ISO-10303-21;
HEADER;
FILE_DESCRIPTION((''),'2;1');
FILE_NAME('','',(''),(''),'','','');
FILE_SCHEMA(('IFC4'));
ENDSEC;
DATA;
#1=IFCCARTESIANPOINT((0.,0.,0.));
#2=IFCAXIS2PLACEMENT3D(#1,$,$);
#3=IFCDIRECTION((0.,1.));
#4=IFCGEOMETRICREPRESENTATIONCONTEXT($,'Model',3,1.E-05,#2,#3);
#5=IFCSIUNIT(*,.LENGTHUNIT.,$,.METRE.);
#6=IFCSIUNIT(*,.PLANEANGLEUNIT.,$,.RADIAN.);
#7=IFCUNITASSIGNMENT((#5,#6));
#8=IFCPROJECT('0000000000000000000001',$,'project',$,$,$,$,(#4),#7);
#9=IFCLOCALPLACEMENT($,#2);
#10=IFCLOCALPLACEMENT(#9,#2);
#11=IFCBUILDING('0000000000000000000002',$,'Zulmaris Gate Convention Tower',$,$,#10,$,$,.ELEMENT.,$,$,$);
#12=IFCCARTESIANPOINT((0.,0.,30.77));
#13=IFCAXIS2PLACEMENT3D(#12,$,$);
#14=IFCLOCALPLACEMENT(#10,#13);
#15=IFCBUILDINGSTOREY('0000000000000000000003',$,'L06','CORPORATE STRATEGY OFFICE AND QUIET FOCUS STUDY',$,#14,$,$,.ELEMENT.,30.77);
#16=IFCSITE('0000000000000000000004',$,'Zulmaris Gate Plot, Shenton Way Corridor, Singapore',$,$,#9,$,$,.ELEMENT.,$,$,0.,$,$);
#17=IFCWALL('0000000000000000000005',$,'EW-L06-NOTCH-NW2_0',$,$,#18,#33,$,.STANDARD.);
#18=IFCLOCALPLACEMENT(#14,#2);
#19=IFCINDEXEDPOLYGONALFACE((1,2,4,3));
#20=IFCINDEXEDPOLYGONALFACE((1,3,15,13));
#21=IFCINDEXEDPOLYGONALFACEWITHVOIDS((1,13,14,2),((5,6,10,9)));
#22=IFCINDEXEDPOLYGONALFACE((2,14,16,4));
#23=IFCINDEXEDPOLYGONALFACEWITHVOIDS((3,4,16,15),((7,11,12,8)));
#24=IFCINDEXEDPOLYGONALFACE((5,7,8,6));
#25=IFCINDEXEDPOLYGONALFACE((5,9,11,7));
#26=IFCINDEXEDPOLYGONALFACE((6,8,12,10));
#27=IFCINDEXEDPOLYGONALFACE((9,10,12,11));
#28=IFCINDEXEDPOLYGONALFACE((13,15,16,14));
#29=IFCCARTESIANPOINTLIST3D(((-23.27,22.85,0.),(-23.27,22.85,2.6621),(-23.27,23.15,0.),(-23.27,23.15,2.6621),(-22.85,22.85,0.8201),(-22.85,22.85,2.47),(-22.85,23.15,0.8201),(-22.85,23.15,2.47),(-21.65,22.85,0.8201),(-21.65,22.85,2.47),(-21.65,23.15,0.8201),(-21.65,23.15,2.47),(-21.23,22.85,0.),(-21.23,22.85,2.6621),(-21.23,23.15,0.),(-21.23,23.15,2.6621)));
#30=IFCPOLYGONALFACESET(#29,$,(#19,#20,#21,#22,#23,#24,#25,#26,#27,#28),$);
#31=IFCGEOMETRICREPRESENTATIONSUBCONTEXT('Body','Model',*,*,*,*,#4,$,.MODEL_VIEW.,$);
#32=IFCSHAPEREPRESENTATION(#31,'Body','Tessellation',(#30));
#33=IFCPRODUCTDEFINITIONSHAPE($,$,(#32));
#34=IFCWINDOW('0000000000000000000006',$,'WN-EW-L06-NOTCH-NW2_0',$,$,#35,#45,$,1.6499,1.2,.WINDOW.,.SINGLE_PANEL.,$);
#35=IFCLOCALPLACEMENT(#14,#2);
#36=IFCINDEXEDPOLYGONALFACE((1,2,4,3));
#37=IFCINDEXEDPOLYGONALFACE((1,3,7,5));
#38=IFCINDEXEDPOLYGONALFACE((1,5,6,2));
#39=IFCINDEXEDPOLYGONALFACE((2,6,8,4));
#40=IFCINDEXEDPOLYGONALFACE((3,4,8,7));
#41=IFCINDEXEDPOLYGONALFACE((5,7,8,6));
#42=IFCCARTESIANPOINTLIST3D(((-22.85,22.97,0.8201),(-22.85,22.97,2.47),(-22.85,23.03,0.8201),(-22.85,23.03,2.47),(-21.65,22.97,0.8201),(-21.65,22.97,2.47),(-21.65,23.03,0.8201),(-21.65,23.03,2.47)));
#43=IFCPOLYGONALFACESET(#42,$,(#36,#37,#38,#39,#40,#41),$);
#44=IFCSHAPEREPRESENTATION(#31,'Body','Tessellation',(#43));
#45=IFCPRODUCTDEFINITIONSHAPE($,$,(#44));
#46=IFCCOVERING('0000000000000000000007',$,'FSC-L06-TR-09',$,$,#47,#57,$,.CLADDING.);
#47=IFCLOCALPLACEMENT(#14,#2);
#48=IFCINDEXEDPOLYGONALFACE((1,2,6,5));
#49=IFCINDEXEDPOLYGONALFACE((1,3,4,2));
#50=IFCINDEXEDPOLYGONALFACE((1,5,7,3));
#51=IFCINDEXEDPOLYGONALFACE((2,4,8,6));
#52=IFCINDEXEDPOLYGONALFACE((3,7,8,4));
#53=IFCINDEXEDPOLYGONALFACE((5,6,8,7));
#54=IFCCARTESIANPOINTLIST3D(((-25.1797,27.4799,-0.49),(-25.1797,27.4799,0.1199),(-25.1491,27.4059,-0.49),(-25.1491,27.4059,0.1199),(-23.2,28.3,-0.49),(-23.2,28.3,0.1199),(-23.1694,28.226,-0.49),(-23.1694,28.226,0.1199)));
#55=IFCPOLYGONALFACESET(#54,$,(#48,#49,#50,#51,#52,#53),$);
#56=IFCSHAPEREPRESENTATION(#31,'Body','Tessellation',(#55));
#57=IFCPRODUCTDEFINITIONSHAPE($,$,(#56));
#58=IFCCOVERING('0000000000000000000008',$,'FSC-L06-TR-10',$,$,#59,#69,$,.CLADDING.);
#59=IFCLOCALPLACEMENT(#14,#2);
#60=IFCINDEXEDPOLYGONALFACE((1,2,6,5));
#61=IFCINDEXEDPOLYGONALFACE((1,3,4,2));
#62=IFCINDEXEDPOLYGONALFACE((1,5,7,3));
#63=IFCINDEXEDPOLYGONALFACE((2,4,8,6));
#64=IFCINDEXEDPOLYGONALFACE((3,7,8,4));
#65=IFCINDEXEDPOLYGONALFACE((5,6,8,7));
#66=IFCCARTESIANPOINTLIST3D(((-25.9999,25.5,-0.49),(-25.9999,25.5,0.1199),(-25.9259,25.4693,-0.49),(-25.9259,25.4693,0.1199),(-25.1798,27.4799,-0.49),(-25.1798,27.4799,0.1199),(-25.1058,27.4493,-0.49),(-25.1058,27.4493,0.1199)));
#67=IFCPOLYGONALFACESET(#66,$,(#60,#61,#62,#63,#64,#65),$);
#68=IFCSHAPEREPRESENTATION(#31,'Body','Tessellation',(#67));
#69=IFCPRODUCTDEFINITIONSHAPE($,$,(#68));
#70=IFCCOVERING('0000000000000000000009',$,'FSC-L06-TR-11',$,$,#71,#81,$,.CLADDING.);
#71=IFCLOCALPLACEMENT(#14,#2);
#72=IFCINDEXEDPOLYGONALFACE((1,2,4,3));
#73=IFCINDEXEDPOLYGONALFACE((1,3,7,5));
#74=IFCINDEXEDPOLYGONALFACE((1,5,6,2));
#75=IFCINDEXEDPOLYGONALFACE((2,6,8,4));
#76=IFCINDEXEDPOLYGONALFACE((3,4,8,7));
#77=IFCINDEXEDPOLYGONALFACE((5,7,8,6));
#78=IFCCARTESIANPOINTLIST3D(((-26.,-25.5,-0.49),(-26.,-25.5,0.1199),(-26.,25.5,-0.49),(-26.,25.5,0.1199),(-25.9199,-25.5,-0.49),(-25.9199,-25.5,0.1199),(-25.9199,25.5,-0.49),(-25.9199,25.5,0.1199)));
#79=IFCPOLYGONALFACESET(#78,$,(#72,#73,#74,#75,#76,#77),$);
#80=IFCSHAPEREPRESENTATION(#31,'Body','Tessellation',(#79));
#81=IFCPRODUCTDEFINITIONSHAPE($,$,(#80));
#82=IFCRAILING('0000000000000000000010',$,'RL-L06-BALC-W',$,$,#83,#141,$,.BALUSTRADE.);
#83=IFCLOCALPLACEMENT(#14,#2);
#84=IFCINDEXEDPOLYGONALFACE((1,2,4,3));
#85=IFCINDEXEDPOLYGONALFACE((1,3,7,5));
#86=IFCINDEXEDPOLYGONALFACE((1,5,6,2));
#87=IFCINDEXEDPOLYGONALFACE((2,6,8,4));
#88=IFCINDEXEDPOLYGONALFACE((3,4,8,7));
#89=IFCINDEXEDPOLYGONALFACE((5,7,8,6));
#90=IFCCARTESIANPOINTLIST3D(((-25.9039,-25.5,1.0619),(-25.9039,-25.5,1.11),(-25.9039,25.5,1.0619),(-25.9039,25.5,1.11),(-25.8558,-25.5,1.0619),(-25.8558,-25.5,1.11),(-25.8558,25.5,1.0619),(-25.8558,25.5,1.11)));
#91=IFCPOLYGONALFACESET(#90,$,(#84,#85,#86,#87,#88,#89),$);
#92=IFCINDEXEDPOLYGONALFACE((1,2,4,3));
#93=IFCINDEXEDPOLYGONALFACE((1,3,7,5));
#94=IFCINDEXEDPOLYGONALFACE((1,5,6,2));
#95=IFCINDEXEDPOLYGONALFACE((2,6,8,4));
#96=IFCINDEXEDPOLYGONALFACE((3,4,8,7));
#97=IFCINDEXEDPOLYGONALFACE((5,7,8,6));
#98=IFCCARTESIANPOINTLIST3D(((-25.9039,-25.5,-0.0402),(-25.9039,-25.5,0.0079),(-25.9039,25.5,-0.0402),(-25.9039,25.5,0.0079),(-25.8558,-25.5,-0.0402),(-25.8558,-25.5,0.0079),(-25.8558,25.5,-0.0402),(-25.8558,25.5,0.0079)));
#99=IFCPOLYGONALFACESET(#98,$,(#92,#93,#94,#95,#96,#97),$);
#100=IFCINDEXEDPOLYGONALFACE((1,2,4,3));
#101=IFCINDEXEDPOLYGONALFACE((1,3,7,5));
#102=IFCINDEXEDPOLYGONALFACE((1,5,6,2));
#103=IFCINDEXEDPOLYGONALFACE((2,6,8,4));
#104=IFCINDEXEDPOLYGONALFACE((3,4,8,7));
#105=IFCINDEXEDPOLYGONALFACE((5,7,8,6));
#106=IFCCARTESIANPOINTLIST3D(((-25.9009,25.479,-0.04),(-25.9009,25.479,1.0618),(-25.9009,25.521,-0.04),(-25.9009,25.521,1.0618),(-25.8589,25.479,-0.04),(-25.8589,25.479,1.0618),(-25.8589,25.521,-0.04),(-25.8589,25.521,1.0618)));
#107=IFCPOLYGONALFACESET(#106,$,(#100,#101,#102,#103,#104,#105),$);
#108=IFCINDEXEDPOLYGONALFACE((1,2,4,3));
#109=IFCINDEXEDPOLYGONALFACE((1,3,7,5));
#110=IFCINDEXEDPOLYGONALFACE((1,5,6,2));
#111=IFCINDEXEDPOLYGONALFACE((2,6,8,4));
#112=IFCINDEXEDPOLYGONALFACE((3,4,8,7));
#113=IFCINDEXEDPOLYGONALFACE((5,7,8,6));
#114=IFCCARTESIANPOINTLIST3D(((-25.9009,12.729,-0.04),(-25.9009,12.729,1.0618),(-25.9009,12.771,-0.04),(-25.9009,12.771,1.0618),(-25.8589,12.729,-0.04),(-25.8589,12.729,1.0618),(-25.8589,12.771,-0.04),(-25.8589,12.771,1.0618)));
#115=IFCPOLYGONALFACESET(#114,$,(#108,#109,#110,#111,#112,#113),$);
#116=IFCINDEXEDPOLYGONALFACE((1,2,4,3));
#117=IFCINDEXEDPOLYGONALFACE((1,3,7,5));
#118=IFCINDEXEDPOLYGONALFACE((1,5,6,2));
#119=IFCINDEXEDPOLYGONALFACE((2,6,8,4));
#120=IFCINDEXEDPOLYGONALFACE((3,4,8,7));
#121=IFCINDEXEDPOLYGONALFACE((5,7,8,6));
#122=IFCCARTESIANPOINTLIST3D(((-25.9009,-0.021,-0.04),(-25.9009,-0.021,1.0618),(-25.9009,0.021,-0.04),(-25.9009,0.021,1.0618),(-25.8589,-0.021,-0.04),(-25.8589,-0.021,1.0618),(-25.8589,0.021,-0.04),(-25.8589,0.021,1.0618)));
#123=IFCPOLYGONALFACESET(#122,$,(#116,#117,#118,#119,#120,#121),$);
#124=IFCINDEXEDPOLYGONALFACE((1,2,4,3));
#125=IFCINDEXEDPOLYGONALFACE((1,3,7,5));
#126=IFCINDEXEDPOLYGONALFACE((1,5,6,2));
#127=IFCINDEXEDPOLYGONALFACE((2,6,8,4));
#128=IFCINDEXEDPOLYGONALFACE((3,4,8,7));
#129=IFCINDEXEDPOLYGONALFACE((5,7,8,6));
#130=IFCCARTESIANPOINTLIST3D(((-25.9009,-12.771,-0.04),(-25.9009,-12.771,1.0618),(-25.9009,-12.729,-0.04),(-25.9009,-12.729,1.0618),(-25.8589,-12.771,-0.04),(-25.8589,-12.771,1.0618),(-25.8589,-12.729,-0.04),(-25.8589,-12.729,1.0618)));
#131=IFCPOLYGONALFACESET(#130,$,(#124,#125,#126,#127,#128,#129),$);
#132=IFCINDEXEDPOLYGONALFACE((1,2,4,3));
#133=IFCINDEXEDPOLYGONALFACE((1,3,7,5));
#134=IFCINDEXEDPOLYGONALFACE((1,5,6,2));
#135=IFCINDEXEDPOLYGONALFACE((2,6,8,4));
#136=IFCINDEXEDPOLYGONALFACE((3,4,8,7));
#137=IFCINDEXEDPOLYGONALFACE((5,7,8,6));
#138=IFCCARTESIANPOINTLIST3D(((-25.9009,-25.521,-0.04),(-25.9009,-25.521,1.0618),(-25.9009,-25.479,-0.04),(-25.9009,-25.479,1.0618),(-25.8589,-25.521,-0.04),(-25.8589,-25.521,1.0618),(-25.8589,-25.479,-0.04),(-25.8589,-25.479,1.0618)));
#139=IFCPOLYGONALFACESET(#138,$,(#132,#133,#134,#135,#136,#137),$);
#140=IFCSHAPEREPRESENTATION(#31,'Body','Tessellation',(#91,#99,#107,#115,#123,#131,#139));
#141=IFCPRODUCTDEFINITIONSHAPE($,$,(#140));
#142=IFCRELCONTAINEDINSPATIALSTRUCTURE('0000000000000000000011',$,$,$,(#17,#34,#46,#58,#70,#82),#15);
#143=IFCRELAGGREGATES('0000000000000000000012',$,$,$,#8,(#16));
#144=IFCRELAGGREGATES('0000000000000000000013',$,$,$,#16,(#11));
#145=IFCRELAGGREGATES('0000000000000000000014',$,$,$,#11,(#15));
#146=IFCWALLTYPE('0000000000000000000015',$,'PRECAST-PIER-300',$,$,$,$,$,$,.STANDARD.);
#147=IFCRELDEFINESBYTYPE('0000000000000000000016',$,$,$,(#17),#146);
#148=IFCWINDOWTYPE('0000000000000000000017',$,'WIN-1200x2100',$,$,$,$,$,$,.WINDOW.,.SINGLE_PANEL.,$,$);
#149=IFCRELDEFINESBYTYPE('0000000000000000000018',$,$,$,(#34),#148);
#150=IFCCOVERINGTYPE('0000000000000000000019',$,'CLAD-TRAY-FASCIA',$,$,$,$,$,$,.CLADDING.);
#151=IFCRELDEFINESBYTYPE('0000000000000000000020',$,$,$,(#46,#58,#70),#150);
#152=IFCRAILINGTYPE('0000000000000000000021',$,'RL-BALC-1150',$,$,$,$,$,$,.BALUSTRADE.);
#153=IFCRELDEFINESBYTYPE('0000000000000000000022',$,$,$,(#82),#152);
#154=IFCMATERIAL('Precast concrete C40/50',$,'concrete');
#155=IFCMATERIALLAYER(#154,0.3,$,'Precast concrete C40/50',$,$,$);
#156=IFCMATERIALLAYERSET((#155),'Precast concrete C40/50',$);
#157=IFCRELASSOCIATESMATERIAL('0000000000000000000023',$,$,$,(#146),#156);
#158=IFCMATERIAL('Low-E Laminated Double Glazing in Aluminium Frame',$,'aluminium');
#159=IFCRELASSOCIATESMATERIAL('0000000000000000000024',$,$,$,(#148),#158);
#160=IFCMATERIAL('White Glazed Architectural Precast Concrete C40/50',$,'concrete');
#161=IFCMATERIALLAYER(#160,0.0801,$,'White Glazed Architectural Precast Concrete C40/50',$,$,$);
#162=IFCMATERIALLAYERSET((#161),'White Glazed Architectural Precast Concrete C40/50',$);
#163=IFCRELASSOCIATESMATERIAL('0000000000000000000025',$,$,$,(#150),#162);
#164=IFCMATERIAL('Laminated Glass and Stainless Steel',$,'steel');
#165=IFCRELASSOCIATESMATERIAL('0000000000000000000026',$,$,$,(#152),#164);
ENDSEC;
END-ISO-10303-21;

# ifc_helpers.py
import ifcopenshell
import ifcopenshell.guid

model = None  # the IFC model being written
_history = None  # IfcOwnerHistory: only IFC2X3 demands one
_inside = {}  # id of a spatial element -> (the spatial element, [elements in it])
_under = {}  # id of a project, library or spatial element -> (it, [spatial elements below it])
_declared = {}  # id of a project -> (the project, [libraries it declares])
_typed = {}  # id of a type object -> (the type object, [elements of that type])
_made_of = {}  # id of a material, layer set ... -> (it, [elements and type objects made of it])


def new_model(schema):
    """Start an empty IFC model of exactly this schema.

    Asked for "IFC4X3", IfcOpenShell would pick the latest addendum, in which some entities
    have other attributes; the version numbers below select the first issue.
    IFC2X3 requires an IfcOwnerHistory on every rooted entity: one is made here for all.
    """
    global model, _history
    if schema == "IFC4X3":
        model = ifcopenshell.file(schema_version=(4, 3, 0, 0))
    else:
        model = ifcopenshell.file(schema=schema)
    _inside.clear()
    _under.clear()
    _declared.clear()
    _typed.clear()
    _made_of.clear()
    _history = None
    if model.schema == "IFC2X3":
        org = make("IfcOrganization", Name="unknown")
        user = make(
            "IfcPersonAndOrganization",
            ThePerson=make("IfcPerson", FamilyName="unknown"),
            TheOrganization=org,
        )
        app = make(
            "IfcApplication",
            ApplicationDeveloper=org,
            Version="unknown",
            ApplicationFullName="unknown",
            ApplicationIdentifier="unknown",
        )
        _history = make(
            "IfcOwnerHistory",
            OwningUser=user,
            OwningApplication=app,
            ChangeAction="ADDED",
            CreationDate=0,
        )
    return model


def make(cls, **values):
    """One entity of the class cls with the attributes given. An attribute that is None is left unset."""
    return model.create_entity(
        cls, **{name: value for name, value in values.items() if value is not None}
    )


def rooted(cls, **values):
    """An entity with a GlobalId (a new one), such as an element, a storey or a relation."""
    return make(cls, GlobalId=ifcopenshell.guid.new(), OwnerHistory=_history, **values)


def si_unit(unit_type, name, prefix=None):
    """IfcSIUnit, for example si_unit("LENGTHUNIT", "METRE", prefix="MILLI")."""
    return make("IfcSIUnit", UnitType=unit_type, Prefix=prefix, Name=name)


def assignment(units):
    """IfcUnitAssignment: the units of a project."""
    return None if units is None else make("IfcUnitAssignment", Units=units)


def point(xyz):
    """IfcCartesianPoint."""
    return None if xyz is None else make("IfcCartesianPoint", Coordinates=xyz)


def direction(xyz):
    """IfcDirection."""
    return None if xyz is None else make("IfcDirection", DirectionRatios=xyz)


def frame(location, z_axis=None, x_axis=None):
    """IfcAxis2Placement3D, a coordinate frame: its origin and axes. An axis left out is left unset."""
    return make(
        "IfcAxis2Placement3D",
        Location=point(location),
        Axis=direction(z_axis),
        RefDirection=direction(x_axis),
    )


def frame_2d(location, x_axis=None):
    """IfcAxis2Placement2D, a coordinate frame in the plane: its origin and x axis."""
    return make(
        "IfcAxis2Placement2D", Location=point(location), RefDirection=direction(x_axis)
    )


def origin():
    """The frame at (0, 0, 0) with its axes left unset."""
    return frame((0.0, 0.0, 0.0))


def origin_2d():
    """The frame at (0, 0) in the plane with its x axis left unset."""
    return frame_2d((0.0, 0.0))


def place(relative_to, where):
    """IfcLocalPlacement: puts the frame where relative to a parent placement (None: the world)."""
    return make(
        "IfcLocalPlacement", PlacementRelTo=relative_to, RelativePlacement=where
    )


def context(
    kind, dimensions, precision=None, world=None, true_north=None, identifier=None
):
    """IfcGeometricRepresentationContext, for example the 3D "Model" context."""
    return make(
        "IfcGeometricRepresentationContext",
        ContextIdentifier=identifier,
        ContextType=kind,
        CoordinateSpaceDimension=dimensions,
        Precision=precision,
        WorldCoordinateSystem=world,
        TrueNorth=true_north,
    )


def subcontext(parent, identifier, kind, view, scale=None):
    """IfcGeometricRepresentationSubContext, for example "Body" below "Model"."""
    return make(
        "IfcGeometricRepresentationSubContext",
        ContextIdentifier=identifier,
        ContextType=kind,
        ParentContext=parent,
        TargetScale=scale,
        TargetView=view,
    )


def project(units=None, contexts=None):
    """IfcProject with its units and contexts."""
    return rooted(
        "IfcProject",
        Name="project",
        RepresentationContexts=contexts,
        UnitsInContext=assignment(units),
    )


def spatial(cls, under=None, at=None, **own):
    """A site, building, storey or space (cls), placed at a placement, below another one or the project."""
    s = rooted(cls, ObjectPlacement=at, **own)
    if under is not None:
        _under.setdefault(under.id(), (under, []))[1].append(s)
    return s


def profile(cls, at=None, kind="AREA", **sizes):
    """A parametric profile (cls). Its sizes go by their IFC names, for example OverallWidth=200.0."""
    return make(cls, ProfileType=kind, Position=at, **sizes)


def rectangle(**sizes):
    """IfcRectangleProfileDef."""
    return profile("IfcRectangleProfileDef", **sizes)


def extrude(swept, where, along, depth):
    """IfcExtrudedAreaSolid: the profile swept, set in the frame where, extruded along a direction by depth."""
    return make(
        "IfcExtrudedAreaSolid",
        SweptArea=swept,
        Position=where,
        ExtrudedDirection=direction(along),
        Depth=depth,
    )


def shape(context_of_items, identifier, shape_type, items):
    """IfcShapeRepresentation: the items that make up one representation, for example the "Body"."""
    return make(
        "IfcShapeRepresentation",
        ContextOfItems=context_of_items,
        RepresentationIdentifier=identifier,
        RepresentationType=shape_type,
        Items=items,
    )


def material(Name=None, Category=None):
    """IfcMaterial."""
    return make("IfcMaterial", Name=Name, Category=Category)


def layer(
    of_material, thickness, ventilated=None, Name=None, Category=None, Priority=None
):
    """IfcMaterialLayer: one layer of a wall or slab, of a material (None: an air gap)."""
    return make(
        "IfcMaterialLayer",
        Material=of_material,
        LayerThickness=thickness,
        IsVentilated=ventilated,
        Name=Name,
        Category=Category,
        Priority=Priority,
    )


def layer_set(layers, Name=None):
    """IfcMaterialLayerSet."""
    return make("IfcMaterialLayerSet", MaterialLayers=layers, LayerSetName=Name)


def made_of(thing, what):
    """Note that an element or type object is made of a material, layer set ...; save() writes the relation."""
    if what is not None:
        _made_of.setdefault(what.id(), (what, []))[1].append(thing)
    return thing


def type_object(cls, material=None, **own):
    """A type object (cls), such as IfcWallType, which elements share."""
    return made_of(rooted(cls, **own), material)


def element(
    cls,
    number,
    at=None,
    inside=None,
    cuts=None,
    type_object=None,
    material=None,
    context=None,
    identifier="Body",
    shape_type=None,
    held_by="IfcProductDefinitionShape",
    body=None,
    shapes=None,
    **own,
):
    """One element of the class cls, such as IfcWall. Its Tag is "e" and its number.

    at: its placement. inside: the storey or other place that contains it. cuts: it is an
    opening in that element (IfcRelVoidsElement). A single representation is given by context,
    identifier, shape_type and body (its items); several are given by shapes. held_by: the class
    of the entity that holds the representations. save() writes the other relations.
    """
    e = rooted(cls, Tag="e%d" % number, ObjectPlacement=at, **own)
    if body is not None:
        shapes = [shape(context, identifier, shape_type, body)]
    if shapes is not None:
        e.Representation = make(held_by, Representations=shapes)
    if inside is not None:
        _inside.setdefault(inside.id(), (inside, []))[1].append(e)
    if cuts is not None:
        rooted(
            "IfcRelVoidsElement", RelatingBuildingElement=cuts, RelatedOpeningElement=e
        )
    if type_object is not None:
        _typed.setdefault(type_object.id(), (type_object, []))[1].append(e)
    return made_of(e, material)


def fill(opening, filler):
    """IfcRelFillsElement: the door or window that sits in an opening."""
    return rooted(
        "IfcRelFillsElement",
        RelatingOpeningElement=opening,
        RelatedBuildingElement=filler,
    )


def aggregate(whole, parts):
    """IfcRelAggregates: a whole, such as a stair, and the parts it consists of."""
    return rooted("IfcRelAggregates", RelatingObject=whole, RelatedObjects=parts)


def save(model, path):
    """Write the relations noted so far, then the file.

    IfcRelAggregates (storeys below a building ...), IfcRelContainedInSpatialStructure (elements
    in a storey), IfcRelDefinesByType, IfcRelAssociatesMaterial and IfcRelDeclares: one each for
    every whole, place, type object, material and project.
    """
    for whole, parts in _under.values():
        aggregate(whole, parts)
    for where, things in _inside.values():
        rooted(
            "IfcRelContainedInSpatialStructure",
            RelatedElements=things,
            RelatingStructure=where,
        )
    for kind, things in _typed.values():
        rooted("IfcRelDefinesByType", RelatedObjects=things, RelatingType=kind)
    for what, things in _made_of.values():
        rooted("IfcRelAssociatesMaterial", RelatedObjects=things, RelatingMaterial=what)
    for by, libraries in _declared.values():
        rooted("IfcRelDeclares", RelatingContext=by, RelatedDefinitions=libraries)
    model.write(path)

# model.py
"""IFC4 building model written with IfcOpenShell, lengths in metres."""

from ifc_helpers import new_model, si_unit, direction, frame, frame_2d, origin, origin_2d, place, context, subcontext, project, spatial, rectangle, extrude, material, layer, layer_set, type_object, element, fill, save


model = new_model("IFC4")

# Units and contexts
model_context = context("Model", 3, precision=1e-05, world=origin(), true_north=direction((0.0, 1.0)))
body_context = subcontext(model_context, "Body", "Model", "MODEL_VIEW")
ifc_project = project(units=[si_unit("LENGTHUNIT", "METRE"), si_unit("PLANEANGLEUNIT", "RADIAN")], contexts=[model_context])

# Site, building, storey
site_placement = place(None, origin())
site = spatial("IfcSite", under=ifc_project, at=site_placement, Name="Zulmaris Gate Plot, Shenton Way Corridor, Singapore", CompositionType="ELEMENT", RefElevation=0.0)
building_placement = place(site_placement, origin())
building = spatial("IfcBuilding", under=site, at=building_placement, Name="Zulmaris Gate Convention Tower", CompositionType="ELEMENT")
storey_placement = place(building_placement, frame((0.0, 0.0, 30.77)))
storey = spatial("IfcBuildingStorey", under=building, at=storey_placement, Name="L06", Description="CORPORATE STRATEGY OFFICE AND QUIET FOCUS STUDY", CompositionType="ELEMENT", Elevation=30.77)

# Wall, opening, window
ifc_material_1 = material(Name="Precast concrete C40/50", Category="concrete")
ifc_layer_1 = layer(ifc_material_1, 0.3, Name="Precast concrete C40/50")
ifc_layer_set_1 = layer_set([ifc_layer_1], Name="Precast concrete C40/50")
wall_type = type_object("IfcWallType", Name="PRECAST-PIER-300", PredefinedType="STANDARD", material=ifc_layer_set_1)
ifc_material_2 = material(Name="Low-E Laminated Double Glazing in Aluminium Frame", Category="aluminium")
window_type = type_object("IfcWindowType", Name="WIN-1200x2100", PartitioningType="SINGLE_PANEL", PredefinedType="WINDOW", material=ifc_material_2)
wall_1_placement = place(storey_placement, frame((-21.23, 23.0, 0.0), z_axis=(0.0, 0.0, 1.0), x_axis=(-1.0, 0.0, 0.0)))
wall_1 = element("IfcWall", 1, at=wall_1_placement, inside=storey, type_object=wall_type, Name="EW-L06-NOTCH-NW2_0", PredefinedType="STANDARD", context=body_context, shape_type="SweptSolid", body=[
    extrude(rectangle(XDim=2.04, YDim=0.3, at=frame_2d((1.02, 0.0))), origin(), (0.0, 0.0, 1.0), 2.6621),
])
opening_1_placement = place(wall_1_placement, frame((0.4199, 0.0, 0.8201)))
opening_1 = element("IfcOpeningElement", 2, at=opening_1_placement, cuts=wall_1, PredefinedType="OPENING", context=body_context, shape_type="SweptSolid", body=[
    extrude(rectangle(XDim=1.2, YDim=1.6499, at=frame_2d((0.6001, 0.825))), frame((0.0, 0.1602, 0.0), z_axis=(0.0, -1.0, 0.0), x_axis=(1.0, 0.0, 0.0)), (0.0, 0.0, 1.0), 0.3201),
])
window_1_placement = place(opening_1_placement, origin())
window_1 = element("IfcWindow", 3, at=window_1_placement, inside=storey, type_object=window_type, Name="WN-EW-L06-NOTCH-NW2_0", OverallHeight=1.6499, OverallWidth=1.2, PartitioningType="SINGLE_PANEL", PredefinedType="WINDOW", context=body_context, shape_type="SweptSolid", body=[
    extrude(rectangle(XDim=1.2, YDim=1.6499, at=frame_2d((0.6001, 0.825))), frame((0.0, 0.03, 0.0), z_axis=(0.0, -1.0, 0.0), x_axis=(1.0, 0.0, 0.0)), (0.0, 0.0, 1.0), 0.0601),
])
fill(opening_1, window_1)

# Coverings
ifc_material_3 = material(Name="White Glazed Architectural Precast Concrete C40/50", Category="concrete")
ifc_layer_2 = layer(ifc_material_3, 0.0801, Name="White Glazed Architectural Precast Concrete C40/50")
ifc_layer_set_2 = layer_set([ifc_layer_2], Name="White Glazed Architectural Precast Concrete C40/50")
covering_type = type_object("IfcCoveringType", Name="CLAD-TRAY-FASCIA", PredefinedType="CLADDING", material=ifc_layer_set_2)
covering_1_placement = place(storey_placement, frame((-23.1848, 28.2629, -0.49), z_axis=(0.0, 0.0, 1.0), x_axis=(-0.923874, -0.382697, 0.0)))
element("IfcCovering", 4, at=covering_1_placement, inside=storey, type_object=covering_type, Name="FSC-L06-TR-09", PredefinedType="CLADDING", context=body_context, shape_type="SweptSolid", body=[
    extrude(rectangle(XDim=2.1428, YDim=0.0801, at=frame_2d((1.0713, 0.0))), origin(), (0.0, 0.0, 1.0), 0.6099),
])
covering_2_placement = place(storey_placement, frame((-25.1428, 27.4646, -0.49), z_axis=(0.0, 0.0, 1.0), x_axis=(-0.382657, -0.92389, 0.0)))
element("IfcCovering", 5, at=covering_2_placement, inside=storey, type_object=covering_type, Name="FSC-L06-TR-10", PredefinedType="CLADDING", context=body_context, shape_type="SweptSolid", body=[
    extrude(rectangle(XDim=2.1431, YDim=0.0801, at=frame_2d((1.0715, 0.0))), origin(), (0.0, 0.0, 1.0), 0.6099),
])
covering_3_placement = place(storey_placement, frame((-25.96, 25.5, -0.49), z_axis=(0.0, 0.0, 1.0), x_axis=(0.0, -1.0, 0.0)))
element("IfcCovering", 6, at=covering_3_placement, inside=storey, type_object=covering_type, Name="FSC-L06-TR-11", PredefinedType="CLADDING", context=body_context, shape_type="SweptSolid", body=[
    extrude(rectangle(XDim=51.0, YDim=0.0801, at=frame_2d((25.5, 0.0))), origin(), (0.0, 0.0, 1.0), 0.6099),
])

# Railing
ifc_material_4 = material(Name="Laminated Glass and Stainless Steel", Category="steel")
railing_type = type_object("IfcRailingType", Name="RL-BALC-1150", PredefinedType="BALUSTRADE", material=ifc_material_4)
railing_placement = place(storey_placement, frame((-25.8799, 25.5, -0.04)))
element("IfcRailing", 7, at=railing_placement, inside=storey, type_object=railing_type, Name="RL-L06-BALC-W", PredefinedType="BALUSTRADE", context=body_context, shape_type="SweptSolid", body=[
    extrude(rectangle(XDim=0.0481, YDim=0.0481, at=origin_2d()), frame((0.0, 0.0, 1.126), z_axis=(0.0, -1.0, 0.0), x_axis=(1.0, 0.0, 0.0)), (0.0, 0.0, 1.0), 51.0),
    extrude(rectangle(XDim=0.0481, YDim=0.0481, at=origin_2d()), frame((0.0, 0.0, 0.0239), z_axis=(0.0, -1.0, 0.0), x_axis=(1.0, 0.0, 0.0)), (0.0, 0.0, 1.0), 51.0),
    extrude(rectangle(XDim=0.042, YDim=0.042, at=origin_2d()), origin(), (0.0, 0.0, 1.0), 1.1018),
    extrude(rectangle(XDim=0.042, YDim=0.042, at=origin_2d()), frame((0.0, -12.75, 0.0)), (0.0, 0.0, 1.0), 1.1018),
    extrude(rectangle(XDim=0.042, YDim=0.042, at=origin_2d()), frame((0.0, -25.5, 0.0)), (0.0, 0.0, 1.0), 1.1018),
    extrude(rectangle(XDim=0.042, YDim=0.042, at=origin_2d()), frame((0.0, -38.25, 0.0)), (0.0, 0.0, 1.0), 1.1018),
    extrude(rectangle(XDim=0.042, YDim=0.042, at=origin_2d()), frame((0.0, -51.0, 0.0)), (0.0, 0.0, 1.0), 1.1018),
])

save(model, "model.ifc")
